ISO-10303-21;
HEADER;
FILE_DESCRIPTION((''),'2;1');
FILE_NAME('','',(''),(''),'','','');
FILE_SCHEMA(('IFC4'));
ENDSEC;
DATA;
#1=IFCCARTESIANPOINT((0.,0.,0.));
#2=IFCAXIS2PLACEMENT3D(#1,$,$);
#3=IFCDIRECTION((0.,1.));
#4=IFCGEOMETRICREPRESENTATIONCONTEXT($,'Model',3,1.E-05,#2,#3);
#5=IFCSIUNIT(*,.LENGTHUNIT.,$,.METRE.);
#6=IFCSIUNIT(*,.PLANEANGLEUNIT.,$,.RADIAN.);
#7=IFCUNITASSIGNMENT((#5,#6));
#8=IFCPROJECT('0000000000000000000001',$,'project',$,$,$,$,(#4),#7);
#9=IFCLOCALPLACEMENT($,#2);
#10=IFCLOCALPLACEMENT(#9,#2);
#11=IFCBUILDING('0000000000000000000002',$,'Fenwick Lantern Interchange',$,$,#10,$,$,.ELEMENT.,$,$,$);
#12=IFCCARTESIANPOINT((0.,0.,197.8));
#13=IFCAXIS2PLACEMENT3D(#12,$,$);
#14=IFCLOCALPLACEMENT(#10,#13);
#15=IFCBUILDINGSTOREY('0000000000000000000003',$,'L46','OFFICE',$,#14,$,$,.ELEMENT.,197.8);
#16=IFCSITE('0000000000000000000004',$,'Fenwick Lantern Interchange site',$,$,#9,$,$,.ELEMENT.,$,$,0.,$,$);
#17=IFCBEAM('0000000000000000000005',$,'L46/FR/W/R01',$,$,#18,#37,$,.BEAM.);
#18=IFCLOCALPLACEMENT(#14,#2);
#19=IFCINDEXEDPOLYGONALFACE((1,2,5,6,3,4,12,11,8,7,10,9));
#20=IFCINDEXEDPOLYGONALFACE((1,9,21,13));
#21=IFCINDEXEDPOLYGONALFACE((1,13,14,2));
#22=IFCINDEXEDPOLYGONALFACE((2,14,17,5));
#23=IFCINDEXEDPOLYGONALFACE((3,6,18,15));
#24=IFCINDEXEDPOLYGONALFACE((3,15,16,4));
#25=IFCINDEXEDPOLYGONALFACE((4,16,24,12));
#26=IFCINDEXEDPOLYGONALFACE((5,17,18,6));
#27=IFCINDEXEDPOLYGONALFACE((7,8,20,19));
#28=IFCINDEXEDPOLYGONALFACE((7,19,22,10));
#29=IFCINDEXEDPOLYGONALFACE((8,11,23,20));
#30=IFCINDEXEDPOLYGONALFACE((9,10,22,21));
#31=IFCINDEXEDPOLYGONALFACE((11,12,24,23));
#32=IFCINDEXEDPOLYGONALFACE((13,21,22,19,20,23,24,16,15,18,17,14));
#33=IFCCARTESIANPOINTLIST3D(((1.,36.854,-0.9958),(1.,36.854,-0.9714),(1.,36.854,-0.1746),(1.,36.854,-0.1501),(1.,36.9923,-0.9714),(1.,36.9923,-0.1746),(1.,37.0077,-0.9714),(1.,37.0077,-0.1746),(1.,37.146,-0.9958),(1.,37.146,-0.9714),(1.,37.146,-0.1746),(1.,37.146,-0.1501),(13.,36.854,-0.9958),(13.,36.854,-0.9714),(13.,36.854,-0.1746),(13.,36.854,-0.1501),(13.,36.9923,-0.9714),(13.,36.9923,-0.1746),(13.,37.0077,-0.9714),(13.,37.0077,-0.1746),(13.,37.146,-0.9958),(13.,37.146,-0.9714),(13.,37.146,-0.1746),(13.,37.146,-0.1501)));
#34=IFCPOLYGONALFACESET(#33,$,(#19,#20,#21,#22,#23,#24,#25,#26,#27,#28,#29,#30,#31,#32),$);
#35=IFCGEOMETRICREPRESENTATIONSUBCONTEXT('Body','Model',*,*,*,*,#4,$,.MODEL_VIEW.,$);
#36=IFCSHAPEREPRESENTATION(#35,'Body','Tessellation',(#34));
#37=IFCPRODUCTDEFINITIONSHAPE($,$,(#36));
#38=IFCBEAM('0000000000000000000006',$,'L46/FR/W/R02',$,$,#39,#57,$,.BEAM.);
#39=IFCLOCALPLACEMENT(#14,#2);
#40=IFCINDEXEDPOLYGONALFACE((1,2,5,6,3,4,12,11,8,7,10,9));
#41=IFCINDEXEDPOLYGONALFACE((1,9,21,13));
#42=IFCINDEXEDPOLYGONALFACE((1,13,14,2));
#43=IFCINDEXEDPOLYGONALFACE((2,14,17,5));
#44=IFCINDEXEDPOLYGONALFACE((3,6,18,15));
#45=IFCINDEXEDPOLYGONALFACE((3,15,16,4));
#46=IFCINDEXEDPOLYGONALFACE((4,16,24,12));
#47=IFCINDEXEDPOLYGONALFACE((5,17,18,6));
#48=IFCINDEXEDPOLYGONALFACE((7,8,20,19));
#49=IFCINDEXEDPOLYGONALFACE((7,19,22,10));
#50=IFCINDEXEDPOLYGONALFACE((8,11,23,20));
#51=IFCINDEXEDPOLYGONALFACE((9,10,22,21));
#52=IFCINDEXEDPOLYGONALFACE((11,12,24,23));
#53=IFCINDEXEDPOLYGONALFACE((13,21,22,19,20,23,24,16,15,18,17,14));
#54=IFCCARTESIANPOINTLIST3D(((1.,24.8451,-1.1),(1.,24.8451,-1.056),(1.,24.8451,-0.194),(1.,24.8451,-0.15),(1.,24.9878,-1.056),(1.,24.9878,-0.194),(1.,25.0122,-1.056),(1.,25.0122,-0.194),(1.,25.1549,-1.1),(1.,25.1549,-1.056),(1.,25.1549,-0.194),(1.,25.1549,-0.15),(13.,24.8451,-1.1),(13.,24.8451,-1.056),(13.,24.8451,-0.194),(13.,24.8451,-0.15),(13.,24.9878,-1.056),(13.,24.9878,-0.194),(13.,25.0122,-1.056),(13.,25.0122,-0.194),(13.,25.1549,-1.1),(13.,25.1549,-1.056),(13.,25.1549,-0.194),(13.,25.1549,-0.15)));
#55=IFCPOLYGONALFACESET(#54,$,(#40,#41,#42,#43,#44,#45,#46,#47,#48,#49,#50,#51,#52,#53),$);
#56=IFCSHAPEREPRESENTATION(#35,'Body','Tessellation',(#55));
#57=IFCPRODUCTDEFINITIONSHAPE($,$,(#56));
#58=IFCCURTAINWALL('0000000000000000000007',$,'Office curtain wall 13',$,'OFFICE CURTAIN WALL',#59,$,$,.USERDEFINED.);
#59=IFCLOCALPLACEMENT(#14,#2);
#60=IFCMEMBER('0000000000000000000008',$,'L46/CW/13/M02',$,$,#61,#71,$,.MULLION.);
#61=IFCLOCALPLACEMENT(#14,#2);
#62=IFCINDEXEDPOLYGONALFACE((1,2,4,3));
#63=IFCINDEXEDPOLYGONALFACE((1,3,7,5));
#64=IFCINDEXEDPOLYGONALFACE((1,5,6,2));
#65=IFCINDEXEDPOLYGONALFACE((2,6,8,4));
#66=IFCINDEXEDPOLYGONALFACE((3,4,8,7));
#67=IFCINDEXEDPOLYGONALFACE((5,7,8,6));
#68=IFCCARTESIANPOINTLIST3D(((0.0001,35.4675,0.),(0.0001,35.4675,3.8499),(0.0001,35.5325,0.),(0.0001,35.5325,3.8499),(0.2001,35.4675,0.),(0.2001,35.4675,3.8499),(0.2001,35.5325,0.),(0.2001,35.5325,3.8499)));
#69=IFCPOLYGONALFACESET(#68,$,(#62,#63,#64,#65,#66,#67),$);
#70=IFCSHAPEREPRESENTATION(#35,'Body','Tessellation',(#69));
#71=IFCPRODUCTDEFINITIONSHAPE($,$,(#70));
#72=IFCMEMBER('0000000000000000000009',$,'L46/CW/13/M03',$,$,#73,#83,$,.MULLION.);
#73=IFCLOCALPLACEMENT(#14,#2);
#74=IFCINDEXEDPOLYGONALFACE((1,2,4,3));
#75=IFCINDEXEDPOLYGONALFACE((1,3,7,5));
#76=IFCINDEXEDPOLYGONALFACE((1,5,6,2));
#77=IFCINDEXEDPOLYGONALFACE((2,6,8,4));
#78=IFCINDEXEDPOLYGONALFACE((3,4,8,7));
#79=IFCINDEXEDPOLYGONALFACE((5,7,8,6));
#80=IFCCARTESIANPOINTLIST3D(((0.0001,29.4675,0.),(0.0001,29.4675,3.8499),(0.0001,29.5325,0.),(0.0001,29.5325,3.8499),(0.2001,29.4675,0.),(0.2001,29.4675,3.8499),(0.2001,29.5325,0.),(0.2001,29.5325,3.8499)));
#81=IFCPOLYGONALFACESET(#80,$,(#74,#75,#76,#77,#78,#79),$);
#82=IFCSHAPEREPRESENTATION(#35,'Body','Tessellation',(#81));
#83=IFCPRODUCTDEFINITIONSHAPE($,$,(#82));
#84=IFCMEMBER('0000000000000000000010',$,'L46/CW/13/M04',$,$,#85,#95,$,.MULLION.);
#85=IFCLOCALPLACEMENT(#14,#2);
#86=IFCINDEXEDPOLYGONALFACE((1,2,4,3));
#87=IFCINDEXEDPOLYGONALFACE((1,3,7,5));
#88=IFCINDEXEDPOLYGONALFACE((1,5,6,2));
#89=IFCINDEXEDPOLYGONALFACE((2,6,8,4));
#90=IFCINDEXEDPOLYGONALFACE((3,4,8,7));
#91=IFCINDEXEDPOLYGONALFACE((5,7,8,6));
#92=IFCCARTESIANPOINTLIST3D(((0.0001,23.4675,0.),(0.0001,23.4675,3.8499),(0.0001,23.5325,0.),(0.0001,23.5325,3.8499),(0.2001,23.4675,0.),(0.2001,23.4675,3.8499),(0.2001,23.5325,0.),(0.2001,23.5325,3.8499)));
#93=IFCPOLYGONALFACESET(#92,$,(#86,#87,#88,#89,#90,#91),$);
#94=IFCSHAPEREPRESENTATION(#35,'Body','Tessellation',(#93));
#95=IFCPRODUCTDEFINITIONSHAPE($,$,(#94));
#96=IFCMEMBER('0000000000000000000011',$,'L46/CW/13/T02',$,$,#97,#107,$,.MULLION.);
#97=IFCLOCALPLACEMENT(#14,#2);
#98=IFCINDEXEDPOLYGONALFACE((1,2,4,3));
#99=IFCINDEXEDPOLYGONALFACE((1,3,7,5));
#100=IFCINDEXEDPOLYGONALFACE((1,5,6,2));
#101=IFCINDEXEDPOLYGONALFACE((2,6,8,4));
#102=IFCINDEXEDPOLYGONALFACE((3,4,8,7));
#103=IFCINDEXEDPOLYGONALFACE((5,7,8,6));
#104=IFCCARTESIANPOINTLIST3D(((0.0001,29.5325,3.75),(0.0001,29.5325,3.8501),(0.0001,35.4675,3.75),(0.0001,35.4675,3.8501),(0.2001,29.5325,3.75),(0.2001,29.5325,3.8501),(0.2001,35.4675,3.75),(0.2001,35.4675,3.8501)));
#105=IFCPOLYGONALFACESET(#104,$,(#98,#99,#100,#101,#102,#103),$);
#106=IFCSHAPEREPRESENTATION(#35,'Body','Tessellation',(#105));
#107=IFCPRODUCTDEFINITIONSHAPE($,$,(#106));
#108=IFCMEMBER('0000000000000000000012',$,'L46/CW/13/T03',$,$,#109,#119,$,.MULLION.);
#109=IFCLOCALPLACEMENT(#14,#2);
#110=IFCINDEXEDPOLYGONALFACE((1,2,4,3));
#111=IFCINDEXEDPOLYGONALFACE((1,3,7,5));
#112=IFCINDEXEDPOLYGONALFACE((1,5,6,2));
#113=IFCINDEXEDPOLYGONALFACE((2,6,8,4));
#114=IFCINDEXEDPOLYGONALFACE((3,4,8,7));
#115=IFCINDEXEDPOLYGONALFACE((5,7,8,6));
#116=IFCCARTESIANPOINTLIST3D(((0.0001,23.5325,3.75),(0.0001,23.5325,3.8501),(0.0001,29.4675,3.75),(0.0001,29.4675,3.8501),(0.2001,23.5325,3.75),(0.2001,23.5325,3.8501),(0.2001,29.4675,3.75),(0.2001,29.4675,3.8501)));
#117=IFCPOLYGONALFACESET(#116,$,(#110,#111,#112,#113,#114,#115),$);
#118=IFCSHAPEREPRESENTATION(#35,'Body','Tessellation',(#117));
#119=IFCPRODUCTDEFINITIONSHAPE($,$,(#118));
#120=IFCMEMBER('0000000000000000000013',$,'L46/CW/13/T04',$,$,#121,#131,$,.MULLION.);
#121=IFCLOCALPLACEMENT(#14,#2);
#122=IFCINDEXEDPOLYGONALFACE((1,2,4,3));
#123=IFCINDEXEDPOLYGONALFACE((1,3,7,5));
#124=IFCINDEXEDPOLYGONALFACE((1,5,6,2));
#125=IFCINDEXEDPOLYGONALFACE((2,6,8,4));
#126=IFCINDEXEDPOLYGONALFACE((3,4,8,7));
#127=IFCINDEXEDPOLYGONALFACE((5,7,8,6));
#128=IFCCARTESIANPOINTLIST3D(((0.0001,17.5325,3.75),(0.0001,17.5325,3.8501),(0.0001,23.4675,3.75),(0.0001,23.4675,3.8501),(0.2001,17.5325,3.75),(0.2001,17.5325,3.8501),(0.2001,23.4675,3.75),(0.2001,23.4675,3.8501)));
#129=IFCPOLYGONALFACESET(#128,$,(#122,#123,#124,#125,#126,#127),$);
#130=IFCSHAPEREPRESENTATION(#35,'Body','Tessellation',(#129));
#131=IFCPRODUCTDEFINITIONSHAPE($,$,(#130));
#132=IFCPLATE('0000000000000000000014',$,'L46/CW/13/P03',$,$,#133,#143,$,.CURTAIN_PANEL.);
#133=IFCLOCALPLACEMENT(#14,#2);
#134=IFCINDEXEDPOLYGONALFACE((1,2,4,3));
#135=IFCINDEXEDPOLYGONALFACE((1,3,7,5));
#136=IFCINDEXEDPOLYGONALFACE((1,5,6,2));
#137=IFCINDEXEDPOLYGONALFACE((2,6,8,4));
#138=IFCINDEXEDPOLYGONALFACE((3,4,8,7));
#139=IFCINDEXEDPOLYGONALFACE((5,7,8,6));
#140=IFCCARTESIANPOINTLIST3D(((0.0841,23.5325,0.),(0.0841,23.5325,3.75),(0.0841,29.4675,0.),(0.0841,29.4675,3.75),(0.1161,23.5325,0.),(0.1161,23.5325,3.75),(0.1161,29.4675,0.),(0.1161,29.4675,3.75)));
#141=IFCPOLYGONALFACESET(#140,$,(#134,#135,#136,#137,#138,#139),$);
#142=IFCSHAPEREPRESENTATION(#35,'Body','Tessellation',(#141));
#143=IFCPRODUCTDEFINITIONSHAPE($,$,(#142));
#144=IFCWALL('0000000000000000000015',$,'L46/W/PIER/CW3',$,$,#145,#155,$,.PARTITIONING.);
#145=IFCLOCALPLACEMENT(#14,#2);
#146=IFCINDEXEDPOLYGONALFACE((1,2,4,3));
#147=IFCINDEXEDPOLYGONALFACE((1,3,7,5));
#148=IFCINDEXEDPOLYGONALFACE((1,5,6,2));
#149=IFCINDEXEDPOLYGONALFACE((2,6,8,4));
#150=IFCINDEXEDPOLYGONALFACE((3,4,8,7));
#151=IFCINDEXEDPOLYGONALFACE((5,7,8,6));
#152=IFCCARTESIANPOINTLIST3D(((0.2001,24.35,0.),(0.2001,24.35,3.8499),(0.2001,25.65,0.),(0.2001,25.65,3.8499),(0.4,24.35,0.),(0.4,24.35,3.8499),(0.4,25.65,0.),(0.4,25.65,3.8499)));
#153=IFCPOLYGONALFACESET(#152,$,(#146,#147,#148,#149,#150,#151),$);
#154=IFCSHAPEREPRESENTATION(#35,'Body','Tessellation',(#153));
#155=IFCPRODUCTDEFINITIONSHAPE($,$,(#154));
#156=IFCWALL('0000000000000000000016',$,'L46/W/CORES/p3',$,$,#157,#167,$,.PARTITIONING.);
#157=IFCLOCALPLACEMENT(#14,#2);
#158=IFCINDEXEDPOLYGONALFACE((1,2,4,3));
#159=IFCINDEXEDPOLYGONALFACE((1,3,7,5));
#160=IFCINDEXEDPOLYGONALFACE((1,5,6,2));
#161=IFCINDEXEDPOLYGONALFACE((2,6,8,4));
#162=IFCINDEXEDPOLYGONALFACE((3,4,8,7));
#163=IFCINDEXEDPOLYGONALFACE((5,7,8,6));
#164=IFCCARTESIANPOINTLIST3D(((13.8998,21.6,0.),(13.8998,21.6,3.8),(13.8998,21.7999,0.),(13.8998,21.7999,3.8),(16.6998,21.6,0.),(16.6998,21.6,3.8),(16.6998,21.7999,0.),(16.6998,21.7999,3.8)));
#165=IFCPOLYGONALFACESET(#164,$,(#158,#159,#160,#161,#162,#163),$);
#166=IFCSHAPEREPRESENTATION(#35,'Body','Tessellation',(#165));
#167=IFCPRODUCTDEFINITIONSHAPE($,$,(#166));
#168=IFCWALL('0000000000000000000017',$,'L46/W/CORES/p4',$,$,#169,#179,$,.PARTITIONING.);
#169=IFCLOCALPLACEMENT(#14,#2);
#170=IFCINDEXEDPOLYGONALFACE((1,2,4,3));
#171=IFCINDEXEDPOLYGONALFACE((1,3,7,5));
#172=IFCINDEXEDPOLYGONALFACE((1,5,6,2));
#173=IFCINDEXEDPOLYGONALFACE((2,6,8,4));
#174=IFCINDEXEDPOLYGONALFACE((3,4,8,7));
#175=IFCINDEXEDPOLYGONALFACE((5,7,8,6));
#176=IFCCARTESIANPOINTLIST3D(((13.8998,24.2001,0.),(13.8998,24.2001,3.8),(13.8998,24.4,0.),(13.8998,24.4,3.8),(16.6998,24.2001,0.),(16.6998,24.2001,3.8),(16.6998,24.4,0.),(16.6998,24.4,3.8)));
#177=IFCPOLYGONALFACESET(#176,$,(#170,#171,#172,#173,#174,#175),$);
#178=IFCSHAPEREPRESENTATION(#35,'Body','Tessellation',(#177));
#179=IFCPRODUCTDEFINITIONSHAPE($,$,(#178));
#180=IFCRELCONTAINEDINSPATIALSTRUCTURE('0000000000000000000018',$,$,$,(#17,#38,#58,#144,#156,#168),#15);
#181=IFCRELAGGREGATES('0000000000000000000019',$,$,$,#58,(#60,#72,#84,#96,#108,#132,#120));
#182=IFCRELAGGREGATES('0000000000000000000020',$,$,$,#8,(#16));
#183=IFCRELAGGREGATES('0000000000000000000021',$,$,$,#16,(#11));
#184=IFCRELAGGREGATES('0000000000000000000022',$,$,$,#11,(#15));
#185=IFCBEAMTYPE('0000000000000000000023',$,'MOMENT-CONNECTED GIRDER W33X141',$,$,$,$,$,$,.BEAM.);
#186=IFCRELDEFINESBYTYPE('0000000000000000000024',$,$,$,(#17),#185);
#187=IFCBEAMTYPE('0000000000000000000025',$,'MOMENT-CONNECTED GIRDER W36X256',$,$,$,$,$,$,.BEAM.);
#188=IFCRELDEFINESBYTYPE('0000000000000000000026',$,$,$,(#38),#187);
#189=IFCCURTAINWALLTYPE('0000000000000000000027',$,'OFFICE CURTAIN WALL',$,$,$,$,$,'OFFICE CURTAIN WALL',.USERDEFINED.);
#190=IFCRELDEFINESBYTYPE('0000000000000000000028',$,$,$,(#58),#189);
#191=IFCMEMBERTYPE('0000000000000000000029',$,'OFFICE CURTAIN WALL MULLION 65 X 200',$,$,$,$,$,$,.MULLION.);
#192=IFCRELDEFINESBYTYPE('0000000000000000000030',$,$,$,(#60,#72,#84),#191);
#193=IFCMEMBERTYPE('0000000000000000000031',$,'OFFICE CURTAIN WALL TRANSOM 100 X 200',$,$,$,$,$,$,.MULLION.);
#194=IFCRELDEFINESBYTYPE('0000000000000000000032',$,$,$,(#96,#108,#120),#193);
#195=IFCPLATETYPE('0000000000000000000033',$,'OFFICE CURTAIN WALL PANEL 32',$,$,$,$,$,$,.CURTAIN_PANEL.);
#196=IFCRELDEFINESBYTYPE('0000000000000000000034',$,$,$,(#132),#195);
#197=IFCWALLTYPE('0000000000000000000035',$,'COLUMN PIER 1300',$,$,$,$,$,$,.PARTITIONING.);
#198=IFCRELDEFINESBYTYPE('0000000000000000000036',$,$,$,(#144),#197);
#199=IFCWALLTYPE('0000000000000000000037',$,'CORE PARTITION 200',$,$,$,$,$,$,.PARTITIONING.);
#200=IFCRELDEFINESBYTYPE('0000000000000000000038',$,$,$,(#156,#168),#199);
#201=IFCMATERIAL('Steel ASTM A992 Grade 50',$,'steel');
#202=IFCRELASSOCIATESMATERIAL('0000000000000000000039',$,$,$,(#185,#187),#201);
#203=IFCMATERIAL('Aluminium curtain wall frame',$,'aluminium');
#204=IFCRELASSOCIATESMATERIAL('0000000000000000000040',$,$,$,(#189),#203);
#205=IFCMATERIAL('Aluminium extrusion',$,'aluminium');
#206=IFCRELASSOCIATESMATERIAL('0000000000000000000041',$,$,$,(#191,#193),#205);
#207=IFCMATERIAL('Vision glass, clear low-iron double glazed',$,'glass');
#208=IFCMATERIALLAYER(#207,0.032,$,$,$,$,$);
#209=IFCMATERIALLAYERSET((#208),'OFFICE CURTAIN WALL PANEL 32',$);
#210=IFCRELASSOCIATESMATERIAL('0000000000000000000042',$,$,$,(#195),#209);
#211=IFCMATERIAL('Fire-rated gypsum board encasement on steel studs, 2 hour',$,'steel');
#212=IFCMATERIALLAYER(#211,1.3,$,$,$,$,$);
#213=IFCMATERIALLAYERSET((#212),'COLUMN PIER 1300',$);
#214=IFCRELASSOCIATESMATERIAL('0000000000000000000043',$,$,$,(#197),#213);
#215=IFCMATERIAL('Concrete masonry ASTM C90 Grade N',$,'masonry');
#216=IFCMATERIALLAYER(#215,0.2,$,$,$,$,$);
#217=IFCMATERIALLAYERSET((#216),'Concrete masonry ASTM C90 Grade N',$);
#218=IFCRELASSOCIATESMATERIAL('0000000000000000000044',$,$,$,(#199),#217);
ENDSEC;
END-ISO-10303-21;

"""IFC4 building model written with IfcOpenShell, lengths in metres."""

from ifc_helpers import new_model, si_unit, direction, frame, frame_2d, origin, origin_2d, place, context, subcontext, project, spatial, rectangle, i_section, extrude, material, layer, layer_set, material_profile, profile_set, type_object, element, aggregate, save


model = new_model("IFC4")

# Units and contexts
model_context = context("Model", 3, precision=1e-05, world=origin(), true_north=direction((0.0, 1.0)))
body_context = subcontext(model_context, "Body", "Model", "MODEL_VIEW")
ifc_project = project(units=[si_unit("LENGTHUNIT", "METRE"), si_unit("PLANEANGLEUNIT", "RADIAN")], contexts=[model_context])

# Site, building, storey
site_placement = place(None, origin())
site = spatial("IfcSite", under=ifc_project, at=site_placement, Name="Fenwick Lantern Interchange site", CompositionType="ELEMENT", RefElevation=0.0)
building_placement = place(site_placement, origin())
building = spatial("IfcBuilding", under=site, at=building_placement, Name="Fenwick Lantern Interchange", CompositionType="ELEMENT")
storey_placement = place(building_placement, frame((0.0, 0.0, 197.8)))
storey = spatial("IfcBuildingStorey", under=building, at=storey_placement, Name="L46", Description="OFFICE", CompositionType="ELEMENT", Elevation=197.8)

# Beams
ifc_material_1 = material(Name="Steel ASTM A992 Grade 50", Category="steel")
ifc_material_profile_1 = material_profile(ifc_material_1, i_section(OverallWidth=0.292, OverallDepth=0.8457, WebThickness=0.0154, FlangeThickness=0.0244, at=origin_2d()), Name="W33X141")
ifc_profile_set_1 = profile_set([ifc_material_profile_1], Name="Steel ASTM A992 Grade 50")
beam_type_1 = type_object("IfcBeamType", Name="MOMENT-CONNECTED GIRDER W33X141", PredefinedType="BEAM", material=ifc_profile_set_1)
beam_1_placement = place(storey_placement, frame((1.0, 37.0, -0.573), z_axis=(1.0, 0.0, 0.0), x_axis=(0.0, 1.0, 0.0)))
element("IfcBeam", 1, at=beam_1_placement, inside=storey, type_object=beam_type_1, Name="L46/FR/W/R01", PredefinedType="BEAM", context=body_context, shape_type="SweptSolid", body=[
    extrude(i_section(OverallWidth=0.292, OverallDepth=0.8457, WebThickness=0.0154, FlangeThickness=0.0244, at=origin_2d()), origin(), (0.0, 0.0, 1.0), 12.0),
])
ifc_material_profile_2 = material_profile(ifc_material_1, i_section(OverallWidth=0.3098, OverallDepth=0.95, WebThickness=0.0244, FlangeThickness=0.0439, at=origin_2d()), Name="W36X256")
ifc_profile_set_2 = profile_set([ifc_material_profile_2], Name="Steel ASTM A992 Grade 50")
beam_type_2 = type_object("IfcBeamType", Name="MOMENT-CONNECTED GIRDER W36X256", PredefinedType="BEAM", material=ifc_profile_set_2)
beam_2_placement = place(storey_placement, frame((1.0, 25.0, -0.625), z_axis=(1.0, 0.0, 0.0), x_axis=(0.0, 1.0, 0.0)))
element("IfcBeam", 2, at=beam_2_placement, inside=storey, type_object=beam_type_2, Name="L46/FR/W/R02", PredefinedType="BEAM", context=body_context, shape_type="SweptSolid", body=[
    extrude(i_section(OverallWidth=0.3098, OverallDepth=0.95, WebThickness=0.0244, FlangeThickness=0.0439, at=origin_2d()), origin(), (0.0, 0.0, 1.0), 12.0),
])

# Curtain wall, members, plate
ifc_material_2 = material(Name="Aluminium curtain wall frame", Category="aluminium")
curtain_wall_type = type_object("IfcCurtainWallType", Name="OFFICE CURTAIN WALL", ElementType="OFFICE CURTAIN WALL", PredefinedType="USERDEFINED", material=ifc_material_2)
curtain_wall_placement = place(storey_placement, origin())
curtain_wall = element("IfcCurtainWall", 3, at=curtain_wall_placement, inside=storey, type_object=curtain_wall_type, Name="Office curtain wall 13", ObjectType="OFFICE CURTAIN WALL", PredefinedType="USERDEFINED")
ifc_material_3 = material(Name="Aluminium extrusion", Category="aluminium")
ifc_material_profile_3 = material_profile(ifc_material_3, rectangle(XDim=0.2, YDim=0.0649, at=origin_2d()), Name="OFFICE CURTAIN WALL MULLION 65 X 200")
ifc_profile_set_3 = profile_set([ifc_material_profile_3], Name="Aluminium extrusion")
member_type_1 = type_object("IfcMemberType", Name="OFFICE CURTAIN WALL MULLION 65 X 200", PredefinedType="MULLION", material=ifc_profile_set_3)
member_1_placement = place(storey_placement, frame((0.1001, 35.5, 0.0), z_axis=(0.0, 0.0, 1.0), x_axis=(1.0, 0.0, 0.0)))
member_1 = element("IfcMember", 4, at=member_1_placement, type_object=member_type_1, Name="L46/CW/13/M02", PredefinedType="MULLION", context=body_context, shape_type="SweptSolid", body=[
    extrude(rectangle(XDim=0.2, YDim=0.0649, at=origin_2d()), origin(), (0.0, 0.0, 1.0), 3.8499),
])
member_2_placement = place(storey_placement, frame((0.1001, 29.5, 0.0), z_axis=(0.0, 0.0, 1.0), x_axis=(1.0, 0.0, 0.0)))
member_2 = element("IfcMember", 5, at=member_2_placement, type_object=member_type_1, Name="L46/CW/13/M03", PredefinedType="MULLION", context=body_context, shape_type="SweptSolid", body=[
    extrude(rectangle(XDim=0.2, YDim=0.0649, at=origin_2d()), origin(), (0.0, 0.0, 1.0), 3.8499),
])
member_3_placement = place(storey_placement, frame((0.1001, 23.5, 0.0), z_axis=(0.0, 0.0, 1.0), x_axis=(1.0, 0.0, 0.0)))
member_3 = element("IfcMember", 6, at=member_3_placement, type_object=member_type_1, Name="L46/CW/13/M04", PredefinedType="MULLION", context=body_context, shape_type="SweptSolid", body=[
    extrude(rectangle(XDim=0.2, YDim=0.0649, at=origin_2d()), origin(), (0.0, 0.0, 1.0), 3.8499),
])
ifc_material_profile_4 = material_profile(ifc_material_3, rectangle(XDim=0.2, YDim=0.1001, at=origin_2d()), Name="OFFICE CURTAIN WALL TRANSOM 100 X 200")
ifc_profile_set_4 = profile_set([ifc_material_profile_4], Name="Aluminium extrusion")
member_type_2 = type_object("IfcMemberType", Name="OFFICE CURTAIN WALL TRANSOM 100 X 200", PredefinedType="MULLION", material=ifc_profile_set_4)
member_4_placement = place(storey_placement, frame((0.1001, 35.4675, 3.8), z_axis=(0.0, -1.0, 0.0), x_axis=(1.0, 0.0, 0.0)))
member_4 = element("IfcMember", 7, at=member_4_placement, type_object=member_type_2, Name="L46/CW/13/T02", PredefinedType="MULLION", context=body_context, shape_type="SweptSolid", body=[
    extrude(rectangle(XDim=0.2, YDim=0.1001, at=origin_2d()), origin(), (0.0, 0.0, 1.0), 5.9351),
])
member_5_placement = place(storey_placement, frame((0.1001, 29.4675, 3.8), z_axis=(0.0, -1.0, 0.0), x_axis=(1.0, 0.0, 0.0)))
member_5 = element("IfcMember", 8, at=member_5_placement, type_object=member_type_2, Name="L46/CW/13/T03", PredefinedType="MULLION", context=body_context, shape_type="SweptSolid", body=[
    extrude(rectangle(XDim=0.2, YDim=0.1001, at=origin_2d()), origin(), (0.0, 0.0, 1.0), 5.9351),
])
member_6_placement = place(storey_placement, frame((0.1001, 23.4675, 3.8), z_axis=(0.0, -1.0, 0.0), x_axis=(1.0, 0.0, 0.0)))
member_6 = element("IfcMember", 9, at=member_6_placement, type_object=member_type_2, Name="L46/CW/13/T04", PredefinedType="MULLION", context=body_context, shape_type="SweptSolid", body=[
    extrude(rectangle(XDim=0.2, YDim=0.1001, at=origin_2d()), origin(), (0.0, 0.0, 1.0), 5.9351),
])
ifc_material_4 = material(Name="Vision glass, clear low-iron double glazed", Category="glass")
ifc_layer_1 = layer(ifc_material_4, 0.032)
ifc_layer_set_1 = layer_set([ifc_layer_1], Name="OFFICE CURTAIN WALL PANEL 32")
plate_type = type_object("IfcPlateType", Name="OFFICE CURTAIN WALL PANEL 32", PredefinedType="CURTAIN_PANEL", material=ifc_layer_set_1)
plate_placement = place(storey_placement, frame((0.1001, 26.5, 0.0), z_axis=(0.0, 0.0, 1.0), x_axis=(0.0, -1.0, 0.0)))
plate = element("IfcPlate", 10, at=plate_placement, type_object=plate_type, Name="L46/CW/13/P03", PredefinedType="CURTAIN_PANEL", context=body_context, shape_type="SweptSolid", body=[
    extrude(rectangle(XDim=5.9351, YDim=0.032, at=origin_2d()), origin(), (0.0, 0.0, 1.0), 3.75),
])
aggregate(curtain_wall, [member_1, member_2, member_3, member_4, member_5, plate, member_6])

# Walls
ifc_material_5 = material(Name="Fire-rated gypsum board encasement on steel studs, 2 hour", Category="steel")
ifc_layer_2 = layer(ifc_material_5, 1.3)
ifc_layer_set_2 = layer_set([ifc_layer_2], Name="COLUMN PIER 1300")
wall_type_1 = type_object("IfcWallType", Name="COLUMN PIER 1300", PredefinedType="PARTITIONING", material=ifc_layer_set_2)
wall_1_placement = place(storey_placement, frame((0.2, 25.0, 0.0), z_axis=(0.0, 0.0, 1.0), x_axis=(1.0, 0.0, 0.0)))
element("IfcWall", 11, at=wall_1_placement, inside=storey, type_object=wall_type_1, Name="L46/W/PIER/CW3", PredefinedType="PARTITIONING", context=body_context, shape_type="SweptSolid", body=[
    extrude(rectangle(XDim=0.2, YDim=1.3, at=frame_2d((0.1001, 0.0))), origin(), (0.0, 0.0, 1.0), 3.8499),
])
ifc_material_6 = material(Name="Concrete masonry ASTM C90 Grade N", Category="masonry")
ifc_layer_3 = layer(ifc_material_6, 0.2)
ifc_layer_set_3 = layer_set([ifc_layer_3], Name="Concrete masonry ASTM C90 Grade N")
wall_type_2 = type_object("IfcWallType", Name="CORE PARTITION 200", PredefinedType="PARTITIONING", material=ifc_layer_set_3)
for number, where, z_axis, x_axis, name in (
    (12, (13.8999, 21.7, 0.0), (0.0, 0.0, 1.0), (1.0, 0.0, 0.0), "L46/W/CORES/p3"),
    (13, (13.8999, 24.3, 0.0), (0.0, 0.0, 1.0), (1.0, 0.0, 0.0), "L46/W/CORES/p4"),
):
    element("IfcWall", number, at=place(storey_placement, frame(where, z_axis=z_axis, x_axis=x_axis)), inside=storey, type_object=wall_type_2, Name=name, PredefinedType="PARTITIONING", context=body_context, shape_type="SweptSolid", body=[
        extrude(rectangle(XDim=2.8, YDim=0.2, at=frame_2d((1.3999, 0.0))), origin(), (0.0, 0.0, 1.0), 3.8),
    ])

save(model, "model.ifc")
